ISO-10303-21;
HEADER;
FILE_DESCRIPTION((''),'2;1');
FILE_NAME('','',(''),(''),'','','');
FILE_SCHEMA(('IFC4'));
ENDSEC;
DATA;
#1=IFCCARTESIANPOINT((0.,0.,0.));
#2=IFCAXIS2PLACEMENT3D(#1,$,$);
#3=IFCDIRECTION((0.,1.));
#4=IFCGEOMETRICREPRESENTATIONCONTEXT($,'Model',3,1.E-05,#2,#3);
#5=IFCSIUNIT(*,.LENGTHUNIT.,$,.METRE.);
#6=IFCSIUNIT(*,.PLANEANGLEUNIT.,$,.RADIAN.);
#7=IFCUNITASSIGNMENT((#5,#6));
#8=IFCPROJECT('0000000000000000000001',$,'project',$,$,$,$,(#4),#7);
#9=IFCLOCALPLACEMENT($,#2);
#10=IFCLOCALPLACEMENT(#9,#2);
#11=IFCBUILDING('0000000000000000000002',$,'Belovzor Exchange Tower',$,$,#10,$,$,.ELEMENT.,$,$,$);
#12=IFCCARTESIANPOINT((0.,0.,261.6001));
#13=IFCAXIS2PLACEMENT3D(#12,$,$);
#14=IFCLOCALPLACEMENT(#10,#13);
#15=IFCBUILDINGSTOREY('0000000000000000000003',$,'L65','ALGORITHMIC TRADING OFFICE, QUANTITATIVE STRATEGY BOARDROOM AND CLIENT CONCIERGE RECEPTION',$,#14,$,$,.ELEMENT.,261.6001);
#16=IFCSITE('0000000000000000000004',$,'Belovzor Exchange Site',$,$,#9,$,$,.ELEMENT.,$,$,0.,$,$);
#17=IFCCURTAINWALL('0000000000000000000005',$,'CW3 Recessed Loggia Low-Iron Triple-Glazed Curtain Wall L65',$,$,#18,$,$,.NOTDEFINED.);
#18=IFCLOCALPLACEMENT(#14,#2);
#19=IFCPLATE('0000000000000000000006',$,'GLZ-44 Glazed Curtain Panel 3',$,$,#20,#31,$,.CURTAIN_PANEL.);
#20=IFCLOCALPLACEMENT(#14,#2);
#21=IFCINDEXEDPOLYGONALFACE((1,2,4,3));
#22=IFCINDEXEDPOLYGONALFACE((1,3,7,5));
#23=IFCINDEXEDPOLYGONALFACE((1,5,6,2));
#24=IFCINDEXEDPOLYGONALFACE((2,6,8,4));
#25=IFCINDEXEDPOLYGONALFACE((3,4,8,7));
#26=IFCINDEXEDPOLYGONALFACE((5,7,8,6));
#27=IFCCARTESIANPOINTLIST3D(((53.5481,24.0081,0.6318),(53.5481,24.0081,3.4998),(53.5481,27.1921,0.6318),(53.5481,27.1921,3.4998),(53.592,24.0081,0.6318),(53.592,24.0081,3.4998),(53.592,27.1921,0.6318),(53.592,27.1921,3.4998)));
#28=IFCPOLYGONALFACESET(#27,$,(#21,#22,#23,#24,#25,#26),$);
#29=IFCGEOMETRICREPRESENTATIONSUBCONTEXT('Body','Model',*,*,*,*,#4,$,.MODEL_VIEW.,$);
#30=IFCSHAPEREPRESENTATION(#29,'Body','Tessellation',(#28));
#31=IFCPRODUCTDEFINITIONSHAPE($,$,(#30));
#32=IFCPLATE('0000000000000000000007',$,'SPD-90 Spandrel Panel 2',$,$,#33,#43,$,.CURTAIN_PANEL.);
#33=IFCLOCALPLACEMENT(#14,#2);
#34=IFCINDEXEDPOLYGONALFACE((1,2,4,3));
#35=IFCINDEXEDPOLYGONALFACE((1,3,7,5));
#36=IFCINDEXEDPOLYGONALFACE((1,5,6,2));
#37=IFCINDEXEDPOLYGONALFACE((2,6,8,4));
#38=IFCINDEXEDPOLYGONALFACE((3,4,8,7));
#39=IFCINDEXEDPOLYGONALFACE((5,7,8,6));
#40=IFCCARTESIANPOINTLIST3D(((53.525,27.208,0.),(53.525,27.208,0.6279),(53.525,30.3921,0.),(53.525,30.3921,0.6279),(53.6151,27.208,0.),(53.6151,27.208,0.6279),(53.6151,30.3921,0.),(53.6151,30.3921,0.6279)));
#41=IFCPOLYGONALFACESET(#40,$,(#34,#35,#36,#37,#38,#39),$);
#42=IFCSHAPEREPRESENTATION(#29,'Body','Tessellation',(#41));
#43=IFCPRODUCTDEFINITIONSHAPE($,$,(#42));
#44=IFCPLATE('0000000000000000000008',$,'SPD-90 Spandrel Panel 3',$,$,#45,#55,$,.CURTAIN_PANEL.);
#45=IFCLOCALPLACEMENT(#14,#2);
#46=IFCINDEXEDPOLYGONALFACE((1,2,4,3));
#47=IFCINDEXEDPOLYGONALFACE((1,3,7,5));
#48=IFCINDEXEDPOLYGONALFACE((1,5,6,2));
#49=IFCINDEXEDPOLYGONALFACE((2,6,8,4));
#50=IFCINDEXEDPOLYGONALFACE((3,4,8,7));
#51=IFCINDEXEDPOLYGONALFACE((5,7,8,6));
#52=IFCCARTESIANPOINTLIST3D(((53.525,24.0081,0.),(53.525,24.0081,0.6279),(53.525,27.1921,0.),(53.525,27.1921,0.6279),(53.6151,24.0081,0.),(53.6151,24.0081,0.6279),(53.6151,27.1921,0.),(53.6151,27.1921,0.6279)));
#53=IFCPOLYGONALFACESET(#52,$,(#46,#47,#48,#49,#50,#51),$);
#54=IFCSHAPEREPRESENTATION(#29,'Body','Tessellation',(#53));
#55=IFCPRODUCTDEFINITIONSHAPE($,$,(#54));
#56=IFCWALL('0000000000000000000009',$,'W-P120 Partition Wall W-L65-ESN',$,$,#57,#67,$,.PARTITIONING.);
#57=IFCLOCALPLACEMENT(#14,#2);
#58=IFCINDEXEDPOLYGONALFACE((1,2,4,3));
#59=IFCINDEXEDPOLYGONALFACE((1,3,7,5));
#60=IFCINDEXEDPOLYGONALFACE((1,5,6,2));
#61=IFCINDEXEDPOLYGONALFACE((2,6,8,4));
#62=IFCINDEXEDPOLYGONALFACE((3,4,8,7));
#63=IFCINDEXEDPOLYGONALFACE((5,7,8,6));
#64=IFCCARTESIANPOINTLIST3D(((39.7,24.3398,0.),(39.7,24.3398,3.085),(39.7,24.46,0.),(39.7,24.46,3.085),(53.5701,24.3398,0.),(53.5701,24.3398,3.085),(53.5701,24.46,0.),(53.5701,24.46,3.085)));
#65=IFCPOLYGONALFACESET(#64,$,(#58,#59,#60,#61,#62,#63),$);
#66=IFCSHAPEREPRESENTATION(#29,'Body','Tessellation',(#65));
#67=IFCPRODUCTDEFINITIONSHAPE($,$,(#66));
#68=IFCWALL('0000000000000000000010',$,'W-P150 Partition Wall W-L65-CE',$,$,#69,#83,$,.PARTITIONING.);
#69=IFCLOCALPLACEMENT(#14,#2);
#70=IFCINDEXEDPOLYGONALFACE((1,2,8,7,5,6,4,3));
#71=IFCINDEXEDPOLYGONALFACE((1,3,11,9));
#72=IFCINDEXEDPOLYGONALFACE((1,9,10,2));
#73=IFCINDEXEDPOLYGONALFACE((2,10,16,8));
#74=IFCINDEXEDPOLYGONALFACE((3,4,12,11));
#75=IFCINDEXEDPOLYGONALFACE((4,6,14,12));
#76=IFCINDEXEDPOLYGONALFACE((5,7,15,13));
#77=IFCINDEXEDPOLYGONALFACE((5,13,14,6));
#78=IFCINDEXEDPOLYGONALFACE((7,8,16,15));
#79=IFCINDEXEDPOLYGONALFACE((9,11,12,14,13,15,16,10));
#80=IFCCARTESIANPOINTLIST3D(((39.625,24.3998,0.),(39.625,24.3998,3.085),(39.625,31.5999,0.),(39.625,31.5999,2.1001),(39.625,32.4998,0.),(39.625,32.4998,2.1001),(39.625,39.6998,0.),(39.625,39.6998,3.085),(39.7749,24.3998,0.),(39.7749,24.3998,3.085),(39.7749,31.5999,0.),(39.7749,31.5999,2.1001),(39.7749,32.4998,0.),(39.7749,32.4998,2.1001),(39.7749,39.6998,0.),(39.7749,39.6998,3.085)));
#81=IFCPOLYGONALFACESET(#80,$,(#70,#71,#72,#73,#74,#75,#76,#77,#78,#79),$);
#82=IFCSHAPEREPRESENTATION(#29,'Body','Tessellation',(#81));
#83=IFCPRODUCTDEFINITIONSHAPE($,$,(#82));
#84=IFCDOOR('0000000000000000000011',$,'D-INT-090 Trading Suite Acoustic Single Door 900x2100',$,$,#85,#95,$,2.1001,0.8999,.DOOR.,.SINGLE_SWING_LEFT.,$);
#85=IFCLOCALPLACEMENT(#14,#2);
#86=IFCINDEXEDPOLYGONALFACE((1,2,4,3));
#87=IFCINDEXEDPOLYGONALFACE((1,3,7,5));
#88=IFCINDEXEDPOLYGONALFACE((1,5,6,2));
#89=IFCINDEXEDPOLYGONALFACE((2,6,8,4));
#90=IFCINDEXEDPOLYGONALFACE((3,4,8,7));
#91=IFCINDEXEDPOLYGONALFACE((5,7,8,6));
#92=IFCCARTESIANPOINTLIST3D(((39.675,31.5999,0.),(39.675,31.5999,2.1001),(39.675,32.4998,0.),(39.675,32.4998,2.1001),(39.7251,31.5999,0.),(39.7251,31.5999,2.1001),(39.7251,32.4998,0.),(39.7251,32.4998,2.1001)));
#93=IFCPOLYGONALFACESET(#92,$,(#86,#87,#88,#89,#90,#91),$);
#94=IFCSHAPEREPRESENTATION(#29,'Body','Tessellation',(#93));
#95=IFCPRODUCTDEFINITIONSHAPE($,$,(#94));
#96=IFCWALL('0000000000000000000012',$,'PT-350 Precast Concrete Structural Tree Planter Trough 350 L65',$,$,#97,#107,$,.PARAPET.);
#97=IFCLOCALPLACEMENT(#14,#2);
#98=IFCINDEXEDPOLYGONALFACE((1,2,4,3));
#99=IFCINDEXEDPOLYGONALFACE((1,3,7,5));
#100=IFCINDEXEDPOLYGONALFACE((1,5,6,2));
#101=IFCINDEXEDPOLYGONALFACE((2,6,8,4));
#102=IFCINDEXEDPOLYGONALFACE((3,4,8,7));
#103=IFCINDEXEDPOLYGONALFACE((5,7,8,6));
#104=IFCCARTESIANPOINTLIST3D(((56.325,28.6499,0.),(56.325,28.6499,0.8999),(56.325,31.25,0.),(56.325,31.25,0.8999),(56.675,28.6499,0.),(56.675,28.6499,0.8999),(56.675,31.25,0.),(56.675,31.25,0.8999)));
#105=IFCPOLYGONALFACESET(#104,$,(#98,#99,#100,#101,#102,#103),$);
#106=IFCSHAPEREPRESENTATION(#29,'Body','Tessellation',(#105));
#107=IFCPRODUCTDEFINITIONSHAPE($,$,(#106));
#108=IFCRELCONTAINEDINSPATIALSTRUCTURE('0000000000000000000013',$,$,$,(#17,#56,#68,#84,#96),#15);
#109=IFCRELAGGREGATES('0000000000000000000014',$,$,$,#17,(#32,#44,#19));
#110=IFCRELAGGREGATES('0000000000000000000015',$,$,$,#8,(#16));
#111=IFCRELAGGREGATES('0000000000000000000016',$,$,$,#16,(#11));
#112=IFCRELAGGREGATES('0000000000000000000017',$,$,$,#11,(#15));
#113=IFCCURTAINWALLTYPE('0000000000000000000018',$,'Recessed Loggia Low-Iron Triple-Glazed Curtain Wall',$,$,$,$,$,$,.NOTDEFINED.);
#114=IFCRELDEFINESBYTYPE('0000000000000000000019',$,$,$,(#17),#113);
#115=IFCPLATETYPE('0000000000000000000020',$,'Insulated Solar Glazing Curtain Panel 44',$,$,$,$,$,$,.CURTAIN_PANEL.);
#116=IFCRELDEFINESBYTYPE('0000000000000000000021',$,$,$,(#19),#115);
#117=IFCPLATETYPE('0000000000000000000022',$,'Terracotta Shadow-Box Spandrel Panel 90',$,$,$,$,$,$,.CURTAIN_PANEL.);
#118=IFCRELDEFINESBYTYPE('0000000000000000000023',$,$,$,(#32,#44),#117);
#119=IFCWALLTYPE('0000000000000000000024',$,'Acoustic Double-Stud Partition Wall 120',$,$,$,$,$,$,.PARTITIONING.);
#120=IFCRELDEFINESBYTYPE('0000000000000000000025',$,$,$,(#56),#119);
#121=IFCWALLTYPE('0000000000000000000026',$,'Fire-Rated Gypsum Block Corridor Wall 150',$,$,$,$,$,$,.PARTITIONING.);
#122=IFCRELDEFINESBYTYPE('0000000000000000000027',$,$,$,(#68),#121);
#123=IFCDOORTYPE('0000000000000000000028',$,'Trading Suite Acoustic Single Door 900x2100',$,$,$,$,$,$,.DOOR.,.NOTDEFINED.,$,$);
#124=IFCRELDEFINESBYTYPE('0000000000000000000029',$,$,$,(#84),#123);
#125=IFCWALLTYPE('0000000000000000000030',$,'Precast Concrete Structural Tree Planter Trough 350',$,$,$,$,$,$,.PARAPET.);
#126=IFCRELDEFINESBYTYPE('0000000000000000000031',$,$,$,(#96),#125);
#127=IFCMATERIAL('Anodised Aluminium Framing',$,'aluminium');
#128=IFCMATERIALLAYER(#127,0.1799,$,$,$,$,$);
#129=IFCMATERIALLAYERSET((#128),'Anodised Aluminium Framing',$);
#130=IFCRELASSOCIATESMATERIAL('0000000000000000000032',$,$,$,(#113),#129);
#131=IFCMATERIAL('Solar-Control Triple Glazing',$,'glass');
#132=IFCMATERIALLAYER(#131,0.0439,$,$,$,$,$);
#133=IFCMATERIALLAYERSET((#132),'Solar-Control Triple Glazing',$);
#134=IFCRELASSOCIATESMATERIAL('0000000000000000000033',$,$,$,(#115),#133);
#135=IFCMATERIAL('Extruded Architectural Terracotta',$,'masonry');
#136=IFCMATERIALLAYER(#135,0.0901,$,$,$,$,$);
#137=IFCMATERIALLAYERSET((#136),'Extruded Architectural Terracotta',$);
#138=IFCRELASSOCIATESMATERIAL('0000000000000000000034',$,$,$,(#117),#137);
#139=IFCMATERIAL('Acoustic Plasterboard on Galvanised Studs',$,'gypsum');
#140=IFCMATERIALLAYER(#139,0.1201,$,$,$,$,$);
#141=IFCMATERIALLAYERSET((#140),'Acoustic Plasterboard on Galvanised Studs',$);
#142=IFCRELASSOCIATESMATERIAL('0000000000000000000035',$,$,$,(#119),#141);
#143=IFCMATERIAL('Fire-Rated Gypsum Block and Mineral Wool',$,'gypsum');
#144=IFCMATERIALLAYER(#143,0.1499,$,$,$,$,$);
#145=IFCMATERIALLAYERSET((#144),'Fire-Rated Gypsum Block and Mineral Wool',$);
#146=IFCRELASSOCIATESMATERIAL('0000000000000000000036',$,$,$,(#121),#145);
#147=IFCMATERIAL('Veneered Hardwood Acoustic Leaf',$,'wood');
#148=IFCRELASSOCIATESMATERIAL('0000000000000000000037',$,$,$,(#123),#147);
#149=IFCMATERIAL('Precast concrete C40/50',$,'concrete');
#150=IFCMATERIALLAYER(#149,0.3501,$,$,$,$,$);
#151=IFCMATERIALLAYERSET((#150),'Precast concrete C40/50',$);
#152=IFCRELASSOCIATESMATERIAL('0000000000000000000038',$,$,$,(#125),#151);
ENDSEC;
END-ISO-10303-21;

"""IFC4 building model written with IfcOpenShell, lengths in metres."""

from ifc_helpers import new_model, si_unit, direction, frame, frame_2d, origin, origin_2d, place, context, subcontext, project, spatial, rectangle, extrude, material, layer, layer_set, type_object, element, fill, aggregate, save


model = new_model("IFC4")

# Units and contexts
model_context = context("Model", 3, precision=1e-05, world=origin(), true_north=direction((0.0, 1.0)))
body_context = subcontext(model_context, "Body", "Model", "MODEL_VIEW")
ifc_project = project(units=[si_unit("LENGTHUNIT", "METRE"), si_unit("PLANEANGLEUNIT", "RADIAN")], contexts=[model_context])

# Site, building, storey
site_placement = place(None, origin())
site = spatial("IfcSite", under=ifc_project, at=site_placement, Name="Belovzor Exchange Site", CompositionType="ELEMENT", RefElevation=0.0)
building_placement = place(site_placement, origin())
building = spatial("IfcBuilding", under=site, at=building_placement, Name="Belovzor Exchange Tower", CompositionType="ELEMENT")
storey_placement = place(building_placement, frame((0.0, 0.0, 261.6001)))
storey = spatial("IfcBuildingStorey", under=building, at=storey_placement, Name="L65", Description="ALGORITHMIC TRADING OFFICE, QUANTITATIVE STRATEGY BOARDROOM AND CLIENT CONCIERGE RECEPTION", CompositionType="ELEMENT", Elevation=261.6001)

# Curtain wall
ifc_material_1 = material(Name="Anodised Aluminium Framing", Category="aluminium")
ifc_layer_1 = layer(ifc_material_1, 0.1799)
ifc_layer_set_1 = layer_set([ifc_layer_1], Name="Anodised Aluminium Framing")
curtain_wall_type = type_object("IfcCurtainWallType", Name="Recessed Loggia Low-Iron Triple-Glazed Curtain Wall", PredefinedType="NOTDEFINED", material=ifc_layer_set_1)
curtain_wall_placement = place(storey_placement, origin())
curtain_wall = element("IfcCurtainWall", 1, at=curtain_wall_placement, inside=storey, type_object=curtain_wall_type, Name="CW3 Recessed Loggia Low-Iron Triple-Glazed Curtain Wall L65", PredefinedType="NOTDEFINED")

# Plates
ifc_material_2 = material(Name="Solar-Control Triple Glazing", Category="glass")
ifc_layer_2 = layer(ifc_material_2, 0.0439)
ifc_layer_set_2 = layer_set([ifc_layer_2], Name="Solar-Control Triple Glazing")
plate_type_1 = type_object("IfcPlateType", Name="Insulated Solar Glazing Curtain Panel 44", PredefinedType="CURTAIN_PANEL", material=ifc_layer_set_2)
plate_1_placement = place(storey_placement, frame((53.5701, 25.6001, 0.6318), z_axis=(0.0, 0.0, 1.0), x_axis=(0.0, -1.0, 0.0)))
plate_1 = element("IfcPlate", 2, at=plate_1_placement, type_object=plate_type_1, Name="GLZ-44 Glazed Curtain Panel 3", PredefinedType="CURTAIN_PANEL", context=body_context, shape_type="SweptSolid", body=[
    extrude(rectangle(XDim=3.1841, YDim=0.0439, at=origin_2d()), origin(), (0.0, 0.0, 1.0), 2.8679),
])
ifc_material_3 = material(Name="Extruded Architectural Terracotta", Category="masonry")
ifc_layer_3 = layer(ifc_material_3, 0.0901)
ifc_layer_set_3 = layer_set([ifc_layer_3], Name="Extruded Architectural Terracotta")
plate_type_2 = type_object("IfcPlateType", Name="Terracotta Shadow-Box Spandrel Panel 90", PredefinedType="CURTAIN_PANEL", material=ifc_layer_set_3)
plate_2_placement = place(storey_placement, frame((53.5701, 28.8, 0.0), z_axis=(0.0, 0.0, 1.0), x_axis=(0.0, -1.0, 0.0)))
plate_2 = element("IfcPlate", 3, at=plate_2_placement, type_object=plate_type_2, Name="SPD-90 Spandrel Panel 2", PredefinedType="CURTAIN_PANEL", context=body_context, shape_type="SweptSolid", body=[
    extrude(rectangle(XDim=3.1841, YDim=0.0901, at=origin_2d()), origin(), (0.0, 0.0, 1.0), 0.6279),
])
plate_3_placement = place(storey_placement, frame((53.5701, 25.6001, 0.0), z_axis=(0.0, 0.0, 1.0), x_axis=(0.0, -1.0, 0.0)))
plate_3 = element("IfcPlate", 4, at=plate_3_placement, type_object=plate_type_2, Name="SPD-90 Spandrel Panel 3", PredefinedType="CURTAIN_PANEL", context=body_context, shape_type="SweptSolid", body=[
    extrude(rectangle(XDim=3.1841, YDim=0.0901, at=origin_2d()), origin(), (0.0, 0.0, 1.0), 0.6279),
])
aggregate(curtain_wall, [plate_2, plate_3, plate_1])

# Wall
ifc_material_4 = material(Name="Acoustic Plasterboard on Galvanised Studs", Category="gypsum")
ifc_layer_4 = layer(ifc_material_4, 0.1201)
ifc_layer_set_4 = layer_set([ifc_layer_4], Name="Acoustic Plasterboard on Galvanised Studs")
wall_type_1 = type_object("IfcWallType", Name="Acoustic Double-Stud Partition Wall 120", PredefinedType="PARTITIONING", material=ifc_layer_set_4)
wall_1_placement = place(storey_placement, frame((39.7, 24.3999, 0.0), z_axis=(0.0, 0.0, 1.0), x_axis=(1.0, 0.0, 0.0)))
element("IfcWall", 5, at=wall_1_placement, inside=storey, type_object=wall_type_1, Name="W-P120 Partition Wall W-L65-ESN", PredefinedType="PARTITIONING", context=body_context, shape_type="SweptSolid", body=[
    extrude(rectangle(XDim=13.8701, YDim=0.1201, at=frame_2d((6.9351, 0.0))), origin(), (0.0, 0.0, 1.0), 3.085),
])

# Wall, opening, door
ifc_material_5 = material(Name="Fire-Rated Gypsum Block and Mineral Wool", Category="gypsum")
ifc_layer_5 = layer(ifc_material_5, 0.1499)
ifc_layer_set_5 = layer_set([ifc_layer_5], Name="Fire-Rated Gypsum Block and Mineral Wool")
wall_type_2 = type_object("IfcWallType", Name="Fire-Rated Gypsum Block Corridor Wall 150", PredefinedType="PARTITIONING", material=ifc_layer_set_5)
wall_2_placement = place(storey_placement, frame((39.7, 24.3999, 0.0), z_axis=(0.0, 0.0, 1.0), x_axis=(0.0, 1.0, 0.0)))
wall_2 = element("IfcWall", 6, at=wall_2_placement, inside=storey, type_object=wall_type_2, Name="W-P150 Partition Wall W-L65-CE", PredefinedType="PARTITIONING", context=body_context, shape_type="SweptSolid", body=[
    extrude(rectangle(XDim=15.3, YDim=0.1499, at=frame_2d((7.6499, 0.0))), origin(), (0.0, 0.0, 1.0), 3.085),
])
opening_placement = place(wall_2_placement, frame((7.2, 0.0, 0.0)))
opening = element("IfcOpeningElement", 7, at=opening_placement, cuts=wall_2, PredefinedType="OPENING", context=body_context, shape_type="SweptSolid", body=[
    extrude(rectangle(XDim=0.8999, YDim=2.1001, at=frame_2d((0.45, 1.05))), frame((0.0, 0.085, 0.0), z_axis=(0.0, -1.0, 0.0), x_axis=(1.0, 0.0, 0.0)), (0.0, 0.0, 1.0), 0.1699),
])
ifc_material_6 = material(Name="Veneered Hardwood Acoustic Leaf", Category="wood")
door_type = type_object("IfcDoorType", Name="Trading Suite Acoustic Single Door 900x2100", OperationType="NOTDEFINED", PredefinedType="DOOR", material=ifc_material_6)
door_placement = place(opening_placement, origin())
door = element("IfcDoor", 8, at=door_placement, inside=storey, type_object=door_type, Name="D-INT-090 Trading Suite Acoustic Single Door 900x2100", OperationType="SINGLE_SWING_LEFT", OverallHeight=2.1001, OverallWidth=0.8999, PredefinedType="DOOR", context=body_context, shape_type="SweptSolid", body=[
    extrude(rectangle(XDim=0.8999, YDim=2.1001, at=frame_2d((0.45, 1.05))), frame((0.0, 0.0249, 0.0), z_axis=(0.0, -1.0, 0.0), x_axis=(1.0, 0.0, 0.0)), (0.0, 0.0, 1.0), 0.05),
])
fill(opening, door)

# Wall
ifc_material_7 = material(Name="Precast concrete C40/50", Category="concrete")
ifc_layer_6 = layer(ifc_material_7, 0.3501)
ifc_layer_set_6 = layer_set([ifc_layer_6], Name="Precast concrete C40/50")
wall_type_3 = type_object("IfcWallType", Name="Precast Concrete Structural Tree Planter Trough 350", PredefinedType="PARAPET", material=ifc_layer_set_6)
wall_3_placement = place(storey_placement, frame((56.5, 28.6499, 0.0), z_axis=(0.0, 0.0, 1.0), x_axis=(0.0, 1.0, 0.0)))
element("IfcWall", 9, at=wall_3_placement, inside=storey, type_object=wall_type_3, Name="PT-350 Precast Concrete Structural Tree Planter Trough 350 L65", PredefinedType="PARAPET", context=body_context, shape_type="SweptSolid", body=[
    extrude(rectangle(XDim=2.6001, YDim=0.3501, at=frame_2d((1.3, 0.0))), origin(), (0.0, 0.0, 1.0), 0.8999),
])

save(model, "model.ifc")
